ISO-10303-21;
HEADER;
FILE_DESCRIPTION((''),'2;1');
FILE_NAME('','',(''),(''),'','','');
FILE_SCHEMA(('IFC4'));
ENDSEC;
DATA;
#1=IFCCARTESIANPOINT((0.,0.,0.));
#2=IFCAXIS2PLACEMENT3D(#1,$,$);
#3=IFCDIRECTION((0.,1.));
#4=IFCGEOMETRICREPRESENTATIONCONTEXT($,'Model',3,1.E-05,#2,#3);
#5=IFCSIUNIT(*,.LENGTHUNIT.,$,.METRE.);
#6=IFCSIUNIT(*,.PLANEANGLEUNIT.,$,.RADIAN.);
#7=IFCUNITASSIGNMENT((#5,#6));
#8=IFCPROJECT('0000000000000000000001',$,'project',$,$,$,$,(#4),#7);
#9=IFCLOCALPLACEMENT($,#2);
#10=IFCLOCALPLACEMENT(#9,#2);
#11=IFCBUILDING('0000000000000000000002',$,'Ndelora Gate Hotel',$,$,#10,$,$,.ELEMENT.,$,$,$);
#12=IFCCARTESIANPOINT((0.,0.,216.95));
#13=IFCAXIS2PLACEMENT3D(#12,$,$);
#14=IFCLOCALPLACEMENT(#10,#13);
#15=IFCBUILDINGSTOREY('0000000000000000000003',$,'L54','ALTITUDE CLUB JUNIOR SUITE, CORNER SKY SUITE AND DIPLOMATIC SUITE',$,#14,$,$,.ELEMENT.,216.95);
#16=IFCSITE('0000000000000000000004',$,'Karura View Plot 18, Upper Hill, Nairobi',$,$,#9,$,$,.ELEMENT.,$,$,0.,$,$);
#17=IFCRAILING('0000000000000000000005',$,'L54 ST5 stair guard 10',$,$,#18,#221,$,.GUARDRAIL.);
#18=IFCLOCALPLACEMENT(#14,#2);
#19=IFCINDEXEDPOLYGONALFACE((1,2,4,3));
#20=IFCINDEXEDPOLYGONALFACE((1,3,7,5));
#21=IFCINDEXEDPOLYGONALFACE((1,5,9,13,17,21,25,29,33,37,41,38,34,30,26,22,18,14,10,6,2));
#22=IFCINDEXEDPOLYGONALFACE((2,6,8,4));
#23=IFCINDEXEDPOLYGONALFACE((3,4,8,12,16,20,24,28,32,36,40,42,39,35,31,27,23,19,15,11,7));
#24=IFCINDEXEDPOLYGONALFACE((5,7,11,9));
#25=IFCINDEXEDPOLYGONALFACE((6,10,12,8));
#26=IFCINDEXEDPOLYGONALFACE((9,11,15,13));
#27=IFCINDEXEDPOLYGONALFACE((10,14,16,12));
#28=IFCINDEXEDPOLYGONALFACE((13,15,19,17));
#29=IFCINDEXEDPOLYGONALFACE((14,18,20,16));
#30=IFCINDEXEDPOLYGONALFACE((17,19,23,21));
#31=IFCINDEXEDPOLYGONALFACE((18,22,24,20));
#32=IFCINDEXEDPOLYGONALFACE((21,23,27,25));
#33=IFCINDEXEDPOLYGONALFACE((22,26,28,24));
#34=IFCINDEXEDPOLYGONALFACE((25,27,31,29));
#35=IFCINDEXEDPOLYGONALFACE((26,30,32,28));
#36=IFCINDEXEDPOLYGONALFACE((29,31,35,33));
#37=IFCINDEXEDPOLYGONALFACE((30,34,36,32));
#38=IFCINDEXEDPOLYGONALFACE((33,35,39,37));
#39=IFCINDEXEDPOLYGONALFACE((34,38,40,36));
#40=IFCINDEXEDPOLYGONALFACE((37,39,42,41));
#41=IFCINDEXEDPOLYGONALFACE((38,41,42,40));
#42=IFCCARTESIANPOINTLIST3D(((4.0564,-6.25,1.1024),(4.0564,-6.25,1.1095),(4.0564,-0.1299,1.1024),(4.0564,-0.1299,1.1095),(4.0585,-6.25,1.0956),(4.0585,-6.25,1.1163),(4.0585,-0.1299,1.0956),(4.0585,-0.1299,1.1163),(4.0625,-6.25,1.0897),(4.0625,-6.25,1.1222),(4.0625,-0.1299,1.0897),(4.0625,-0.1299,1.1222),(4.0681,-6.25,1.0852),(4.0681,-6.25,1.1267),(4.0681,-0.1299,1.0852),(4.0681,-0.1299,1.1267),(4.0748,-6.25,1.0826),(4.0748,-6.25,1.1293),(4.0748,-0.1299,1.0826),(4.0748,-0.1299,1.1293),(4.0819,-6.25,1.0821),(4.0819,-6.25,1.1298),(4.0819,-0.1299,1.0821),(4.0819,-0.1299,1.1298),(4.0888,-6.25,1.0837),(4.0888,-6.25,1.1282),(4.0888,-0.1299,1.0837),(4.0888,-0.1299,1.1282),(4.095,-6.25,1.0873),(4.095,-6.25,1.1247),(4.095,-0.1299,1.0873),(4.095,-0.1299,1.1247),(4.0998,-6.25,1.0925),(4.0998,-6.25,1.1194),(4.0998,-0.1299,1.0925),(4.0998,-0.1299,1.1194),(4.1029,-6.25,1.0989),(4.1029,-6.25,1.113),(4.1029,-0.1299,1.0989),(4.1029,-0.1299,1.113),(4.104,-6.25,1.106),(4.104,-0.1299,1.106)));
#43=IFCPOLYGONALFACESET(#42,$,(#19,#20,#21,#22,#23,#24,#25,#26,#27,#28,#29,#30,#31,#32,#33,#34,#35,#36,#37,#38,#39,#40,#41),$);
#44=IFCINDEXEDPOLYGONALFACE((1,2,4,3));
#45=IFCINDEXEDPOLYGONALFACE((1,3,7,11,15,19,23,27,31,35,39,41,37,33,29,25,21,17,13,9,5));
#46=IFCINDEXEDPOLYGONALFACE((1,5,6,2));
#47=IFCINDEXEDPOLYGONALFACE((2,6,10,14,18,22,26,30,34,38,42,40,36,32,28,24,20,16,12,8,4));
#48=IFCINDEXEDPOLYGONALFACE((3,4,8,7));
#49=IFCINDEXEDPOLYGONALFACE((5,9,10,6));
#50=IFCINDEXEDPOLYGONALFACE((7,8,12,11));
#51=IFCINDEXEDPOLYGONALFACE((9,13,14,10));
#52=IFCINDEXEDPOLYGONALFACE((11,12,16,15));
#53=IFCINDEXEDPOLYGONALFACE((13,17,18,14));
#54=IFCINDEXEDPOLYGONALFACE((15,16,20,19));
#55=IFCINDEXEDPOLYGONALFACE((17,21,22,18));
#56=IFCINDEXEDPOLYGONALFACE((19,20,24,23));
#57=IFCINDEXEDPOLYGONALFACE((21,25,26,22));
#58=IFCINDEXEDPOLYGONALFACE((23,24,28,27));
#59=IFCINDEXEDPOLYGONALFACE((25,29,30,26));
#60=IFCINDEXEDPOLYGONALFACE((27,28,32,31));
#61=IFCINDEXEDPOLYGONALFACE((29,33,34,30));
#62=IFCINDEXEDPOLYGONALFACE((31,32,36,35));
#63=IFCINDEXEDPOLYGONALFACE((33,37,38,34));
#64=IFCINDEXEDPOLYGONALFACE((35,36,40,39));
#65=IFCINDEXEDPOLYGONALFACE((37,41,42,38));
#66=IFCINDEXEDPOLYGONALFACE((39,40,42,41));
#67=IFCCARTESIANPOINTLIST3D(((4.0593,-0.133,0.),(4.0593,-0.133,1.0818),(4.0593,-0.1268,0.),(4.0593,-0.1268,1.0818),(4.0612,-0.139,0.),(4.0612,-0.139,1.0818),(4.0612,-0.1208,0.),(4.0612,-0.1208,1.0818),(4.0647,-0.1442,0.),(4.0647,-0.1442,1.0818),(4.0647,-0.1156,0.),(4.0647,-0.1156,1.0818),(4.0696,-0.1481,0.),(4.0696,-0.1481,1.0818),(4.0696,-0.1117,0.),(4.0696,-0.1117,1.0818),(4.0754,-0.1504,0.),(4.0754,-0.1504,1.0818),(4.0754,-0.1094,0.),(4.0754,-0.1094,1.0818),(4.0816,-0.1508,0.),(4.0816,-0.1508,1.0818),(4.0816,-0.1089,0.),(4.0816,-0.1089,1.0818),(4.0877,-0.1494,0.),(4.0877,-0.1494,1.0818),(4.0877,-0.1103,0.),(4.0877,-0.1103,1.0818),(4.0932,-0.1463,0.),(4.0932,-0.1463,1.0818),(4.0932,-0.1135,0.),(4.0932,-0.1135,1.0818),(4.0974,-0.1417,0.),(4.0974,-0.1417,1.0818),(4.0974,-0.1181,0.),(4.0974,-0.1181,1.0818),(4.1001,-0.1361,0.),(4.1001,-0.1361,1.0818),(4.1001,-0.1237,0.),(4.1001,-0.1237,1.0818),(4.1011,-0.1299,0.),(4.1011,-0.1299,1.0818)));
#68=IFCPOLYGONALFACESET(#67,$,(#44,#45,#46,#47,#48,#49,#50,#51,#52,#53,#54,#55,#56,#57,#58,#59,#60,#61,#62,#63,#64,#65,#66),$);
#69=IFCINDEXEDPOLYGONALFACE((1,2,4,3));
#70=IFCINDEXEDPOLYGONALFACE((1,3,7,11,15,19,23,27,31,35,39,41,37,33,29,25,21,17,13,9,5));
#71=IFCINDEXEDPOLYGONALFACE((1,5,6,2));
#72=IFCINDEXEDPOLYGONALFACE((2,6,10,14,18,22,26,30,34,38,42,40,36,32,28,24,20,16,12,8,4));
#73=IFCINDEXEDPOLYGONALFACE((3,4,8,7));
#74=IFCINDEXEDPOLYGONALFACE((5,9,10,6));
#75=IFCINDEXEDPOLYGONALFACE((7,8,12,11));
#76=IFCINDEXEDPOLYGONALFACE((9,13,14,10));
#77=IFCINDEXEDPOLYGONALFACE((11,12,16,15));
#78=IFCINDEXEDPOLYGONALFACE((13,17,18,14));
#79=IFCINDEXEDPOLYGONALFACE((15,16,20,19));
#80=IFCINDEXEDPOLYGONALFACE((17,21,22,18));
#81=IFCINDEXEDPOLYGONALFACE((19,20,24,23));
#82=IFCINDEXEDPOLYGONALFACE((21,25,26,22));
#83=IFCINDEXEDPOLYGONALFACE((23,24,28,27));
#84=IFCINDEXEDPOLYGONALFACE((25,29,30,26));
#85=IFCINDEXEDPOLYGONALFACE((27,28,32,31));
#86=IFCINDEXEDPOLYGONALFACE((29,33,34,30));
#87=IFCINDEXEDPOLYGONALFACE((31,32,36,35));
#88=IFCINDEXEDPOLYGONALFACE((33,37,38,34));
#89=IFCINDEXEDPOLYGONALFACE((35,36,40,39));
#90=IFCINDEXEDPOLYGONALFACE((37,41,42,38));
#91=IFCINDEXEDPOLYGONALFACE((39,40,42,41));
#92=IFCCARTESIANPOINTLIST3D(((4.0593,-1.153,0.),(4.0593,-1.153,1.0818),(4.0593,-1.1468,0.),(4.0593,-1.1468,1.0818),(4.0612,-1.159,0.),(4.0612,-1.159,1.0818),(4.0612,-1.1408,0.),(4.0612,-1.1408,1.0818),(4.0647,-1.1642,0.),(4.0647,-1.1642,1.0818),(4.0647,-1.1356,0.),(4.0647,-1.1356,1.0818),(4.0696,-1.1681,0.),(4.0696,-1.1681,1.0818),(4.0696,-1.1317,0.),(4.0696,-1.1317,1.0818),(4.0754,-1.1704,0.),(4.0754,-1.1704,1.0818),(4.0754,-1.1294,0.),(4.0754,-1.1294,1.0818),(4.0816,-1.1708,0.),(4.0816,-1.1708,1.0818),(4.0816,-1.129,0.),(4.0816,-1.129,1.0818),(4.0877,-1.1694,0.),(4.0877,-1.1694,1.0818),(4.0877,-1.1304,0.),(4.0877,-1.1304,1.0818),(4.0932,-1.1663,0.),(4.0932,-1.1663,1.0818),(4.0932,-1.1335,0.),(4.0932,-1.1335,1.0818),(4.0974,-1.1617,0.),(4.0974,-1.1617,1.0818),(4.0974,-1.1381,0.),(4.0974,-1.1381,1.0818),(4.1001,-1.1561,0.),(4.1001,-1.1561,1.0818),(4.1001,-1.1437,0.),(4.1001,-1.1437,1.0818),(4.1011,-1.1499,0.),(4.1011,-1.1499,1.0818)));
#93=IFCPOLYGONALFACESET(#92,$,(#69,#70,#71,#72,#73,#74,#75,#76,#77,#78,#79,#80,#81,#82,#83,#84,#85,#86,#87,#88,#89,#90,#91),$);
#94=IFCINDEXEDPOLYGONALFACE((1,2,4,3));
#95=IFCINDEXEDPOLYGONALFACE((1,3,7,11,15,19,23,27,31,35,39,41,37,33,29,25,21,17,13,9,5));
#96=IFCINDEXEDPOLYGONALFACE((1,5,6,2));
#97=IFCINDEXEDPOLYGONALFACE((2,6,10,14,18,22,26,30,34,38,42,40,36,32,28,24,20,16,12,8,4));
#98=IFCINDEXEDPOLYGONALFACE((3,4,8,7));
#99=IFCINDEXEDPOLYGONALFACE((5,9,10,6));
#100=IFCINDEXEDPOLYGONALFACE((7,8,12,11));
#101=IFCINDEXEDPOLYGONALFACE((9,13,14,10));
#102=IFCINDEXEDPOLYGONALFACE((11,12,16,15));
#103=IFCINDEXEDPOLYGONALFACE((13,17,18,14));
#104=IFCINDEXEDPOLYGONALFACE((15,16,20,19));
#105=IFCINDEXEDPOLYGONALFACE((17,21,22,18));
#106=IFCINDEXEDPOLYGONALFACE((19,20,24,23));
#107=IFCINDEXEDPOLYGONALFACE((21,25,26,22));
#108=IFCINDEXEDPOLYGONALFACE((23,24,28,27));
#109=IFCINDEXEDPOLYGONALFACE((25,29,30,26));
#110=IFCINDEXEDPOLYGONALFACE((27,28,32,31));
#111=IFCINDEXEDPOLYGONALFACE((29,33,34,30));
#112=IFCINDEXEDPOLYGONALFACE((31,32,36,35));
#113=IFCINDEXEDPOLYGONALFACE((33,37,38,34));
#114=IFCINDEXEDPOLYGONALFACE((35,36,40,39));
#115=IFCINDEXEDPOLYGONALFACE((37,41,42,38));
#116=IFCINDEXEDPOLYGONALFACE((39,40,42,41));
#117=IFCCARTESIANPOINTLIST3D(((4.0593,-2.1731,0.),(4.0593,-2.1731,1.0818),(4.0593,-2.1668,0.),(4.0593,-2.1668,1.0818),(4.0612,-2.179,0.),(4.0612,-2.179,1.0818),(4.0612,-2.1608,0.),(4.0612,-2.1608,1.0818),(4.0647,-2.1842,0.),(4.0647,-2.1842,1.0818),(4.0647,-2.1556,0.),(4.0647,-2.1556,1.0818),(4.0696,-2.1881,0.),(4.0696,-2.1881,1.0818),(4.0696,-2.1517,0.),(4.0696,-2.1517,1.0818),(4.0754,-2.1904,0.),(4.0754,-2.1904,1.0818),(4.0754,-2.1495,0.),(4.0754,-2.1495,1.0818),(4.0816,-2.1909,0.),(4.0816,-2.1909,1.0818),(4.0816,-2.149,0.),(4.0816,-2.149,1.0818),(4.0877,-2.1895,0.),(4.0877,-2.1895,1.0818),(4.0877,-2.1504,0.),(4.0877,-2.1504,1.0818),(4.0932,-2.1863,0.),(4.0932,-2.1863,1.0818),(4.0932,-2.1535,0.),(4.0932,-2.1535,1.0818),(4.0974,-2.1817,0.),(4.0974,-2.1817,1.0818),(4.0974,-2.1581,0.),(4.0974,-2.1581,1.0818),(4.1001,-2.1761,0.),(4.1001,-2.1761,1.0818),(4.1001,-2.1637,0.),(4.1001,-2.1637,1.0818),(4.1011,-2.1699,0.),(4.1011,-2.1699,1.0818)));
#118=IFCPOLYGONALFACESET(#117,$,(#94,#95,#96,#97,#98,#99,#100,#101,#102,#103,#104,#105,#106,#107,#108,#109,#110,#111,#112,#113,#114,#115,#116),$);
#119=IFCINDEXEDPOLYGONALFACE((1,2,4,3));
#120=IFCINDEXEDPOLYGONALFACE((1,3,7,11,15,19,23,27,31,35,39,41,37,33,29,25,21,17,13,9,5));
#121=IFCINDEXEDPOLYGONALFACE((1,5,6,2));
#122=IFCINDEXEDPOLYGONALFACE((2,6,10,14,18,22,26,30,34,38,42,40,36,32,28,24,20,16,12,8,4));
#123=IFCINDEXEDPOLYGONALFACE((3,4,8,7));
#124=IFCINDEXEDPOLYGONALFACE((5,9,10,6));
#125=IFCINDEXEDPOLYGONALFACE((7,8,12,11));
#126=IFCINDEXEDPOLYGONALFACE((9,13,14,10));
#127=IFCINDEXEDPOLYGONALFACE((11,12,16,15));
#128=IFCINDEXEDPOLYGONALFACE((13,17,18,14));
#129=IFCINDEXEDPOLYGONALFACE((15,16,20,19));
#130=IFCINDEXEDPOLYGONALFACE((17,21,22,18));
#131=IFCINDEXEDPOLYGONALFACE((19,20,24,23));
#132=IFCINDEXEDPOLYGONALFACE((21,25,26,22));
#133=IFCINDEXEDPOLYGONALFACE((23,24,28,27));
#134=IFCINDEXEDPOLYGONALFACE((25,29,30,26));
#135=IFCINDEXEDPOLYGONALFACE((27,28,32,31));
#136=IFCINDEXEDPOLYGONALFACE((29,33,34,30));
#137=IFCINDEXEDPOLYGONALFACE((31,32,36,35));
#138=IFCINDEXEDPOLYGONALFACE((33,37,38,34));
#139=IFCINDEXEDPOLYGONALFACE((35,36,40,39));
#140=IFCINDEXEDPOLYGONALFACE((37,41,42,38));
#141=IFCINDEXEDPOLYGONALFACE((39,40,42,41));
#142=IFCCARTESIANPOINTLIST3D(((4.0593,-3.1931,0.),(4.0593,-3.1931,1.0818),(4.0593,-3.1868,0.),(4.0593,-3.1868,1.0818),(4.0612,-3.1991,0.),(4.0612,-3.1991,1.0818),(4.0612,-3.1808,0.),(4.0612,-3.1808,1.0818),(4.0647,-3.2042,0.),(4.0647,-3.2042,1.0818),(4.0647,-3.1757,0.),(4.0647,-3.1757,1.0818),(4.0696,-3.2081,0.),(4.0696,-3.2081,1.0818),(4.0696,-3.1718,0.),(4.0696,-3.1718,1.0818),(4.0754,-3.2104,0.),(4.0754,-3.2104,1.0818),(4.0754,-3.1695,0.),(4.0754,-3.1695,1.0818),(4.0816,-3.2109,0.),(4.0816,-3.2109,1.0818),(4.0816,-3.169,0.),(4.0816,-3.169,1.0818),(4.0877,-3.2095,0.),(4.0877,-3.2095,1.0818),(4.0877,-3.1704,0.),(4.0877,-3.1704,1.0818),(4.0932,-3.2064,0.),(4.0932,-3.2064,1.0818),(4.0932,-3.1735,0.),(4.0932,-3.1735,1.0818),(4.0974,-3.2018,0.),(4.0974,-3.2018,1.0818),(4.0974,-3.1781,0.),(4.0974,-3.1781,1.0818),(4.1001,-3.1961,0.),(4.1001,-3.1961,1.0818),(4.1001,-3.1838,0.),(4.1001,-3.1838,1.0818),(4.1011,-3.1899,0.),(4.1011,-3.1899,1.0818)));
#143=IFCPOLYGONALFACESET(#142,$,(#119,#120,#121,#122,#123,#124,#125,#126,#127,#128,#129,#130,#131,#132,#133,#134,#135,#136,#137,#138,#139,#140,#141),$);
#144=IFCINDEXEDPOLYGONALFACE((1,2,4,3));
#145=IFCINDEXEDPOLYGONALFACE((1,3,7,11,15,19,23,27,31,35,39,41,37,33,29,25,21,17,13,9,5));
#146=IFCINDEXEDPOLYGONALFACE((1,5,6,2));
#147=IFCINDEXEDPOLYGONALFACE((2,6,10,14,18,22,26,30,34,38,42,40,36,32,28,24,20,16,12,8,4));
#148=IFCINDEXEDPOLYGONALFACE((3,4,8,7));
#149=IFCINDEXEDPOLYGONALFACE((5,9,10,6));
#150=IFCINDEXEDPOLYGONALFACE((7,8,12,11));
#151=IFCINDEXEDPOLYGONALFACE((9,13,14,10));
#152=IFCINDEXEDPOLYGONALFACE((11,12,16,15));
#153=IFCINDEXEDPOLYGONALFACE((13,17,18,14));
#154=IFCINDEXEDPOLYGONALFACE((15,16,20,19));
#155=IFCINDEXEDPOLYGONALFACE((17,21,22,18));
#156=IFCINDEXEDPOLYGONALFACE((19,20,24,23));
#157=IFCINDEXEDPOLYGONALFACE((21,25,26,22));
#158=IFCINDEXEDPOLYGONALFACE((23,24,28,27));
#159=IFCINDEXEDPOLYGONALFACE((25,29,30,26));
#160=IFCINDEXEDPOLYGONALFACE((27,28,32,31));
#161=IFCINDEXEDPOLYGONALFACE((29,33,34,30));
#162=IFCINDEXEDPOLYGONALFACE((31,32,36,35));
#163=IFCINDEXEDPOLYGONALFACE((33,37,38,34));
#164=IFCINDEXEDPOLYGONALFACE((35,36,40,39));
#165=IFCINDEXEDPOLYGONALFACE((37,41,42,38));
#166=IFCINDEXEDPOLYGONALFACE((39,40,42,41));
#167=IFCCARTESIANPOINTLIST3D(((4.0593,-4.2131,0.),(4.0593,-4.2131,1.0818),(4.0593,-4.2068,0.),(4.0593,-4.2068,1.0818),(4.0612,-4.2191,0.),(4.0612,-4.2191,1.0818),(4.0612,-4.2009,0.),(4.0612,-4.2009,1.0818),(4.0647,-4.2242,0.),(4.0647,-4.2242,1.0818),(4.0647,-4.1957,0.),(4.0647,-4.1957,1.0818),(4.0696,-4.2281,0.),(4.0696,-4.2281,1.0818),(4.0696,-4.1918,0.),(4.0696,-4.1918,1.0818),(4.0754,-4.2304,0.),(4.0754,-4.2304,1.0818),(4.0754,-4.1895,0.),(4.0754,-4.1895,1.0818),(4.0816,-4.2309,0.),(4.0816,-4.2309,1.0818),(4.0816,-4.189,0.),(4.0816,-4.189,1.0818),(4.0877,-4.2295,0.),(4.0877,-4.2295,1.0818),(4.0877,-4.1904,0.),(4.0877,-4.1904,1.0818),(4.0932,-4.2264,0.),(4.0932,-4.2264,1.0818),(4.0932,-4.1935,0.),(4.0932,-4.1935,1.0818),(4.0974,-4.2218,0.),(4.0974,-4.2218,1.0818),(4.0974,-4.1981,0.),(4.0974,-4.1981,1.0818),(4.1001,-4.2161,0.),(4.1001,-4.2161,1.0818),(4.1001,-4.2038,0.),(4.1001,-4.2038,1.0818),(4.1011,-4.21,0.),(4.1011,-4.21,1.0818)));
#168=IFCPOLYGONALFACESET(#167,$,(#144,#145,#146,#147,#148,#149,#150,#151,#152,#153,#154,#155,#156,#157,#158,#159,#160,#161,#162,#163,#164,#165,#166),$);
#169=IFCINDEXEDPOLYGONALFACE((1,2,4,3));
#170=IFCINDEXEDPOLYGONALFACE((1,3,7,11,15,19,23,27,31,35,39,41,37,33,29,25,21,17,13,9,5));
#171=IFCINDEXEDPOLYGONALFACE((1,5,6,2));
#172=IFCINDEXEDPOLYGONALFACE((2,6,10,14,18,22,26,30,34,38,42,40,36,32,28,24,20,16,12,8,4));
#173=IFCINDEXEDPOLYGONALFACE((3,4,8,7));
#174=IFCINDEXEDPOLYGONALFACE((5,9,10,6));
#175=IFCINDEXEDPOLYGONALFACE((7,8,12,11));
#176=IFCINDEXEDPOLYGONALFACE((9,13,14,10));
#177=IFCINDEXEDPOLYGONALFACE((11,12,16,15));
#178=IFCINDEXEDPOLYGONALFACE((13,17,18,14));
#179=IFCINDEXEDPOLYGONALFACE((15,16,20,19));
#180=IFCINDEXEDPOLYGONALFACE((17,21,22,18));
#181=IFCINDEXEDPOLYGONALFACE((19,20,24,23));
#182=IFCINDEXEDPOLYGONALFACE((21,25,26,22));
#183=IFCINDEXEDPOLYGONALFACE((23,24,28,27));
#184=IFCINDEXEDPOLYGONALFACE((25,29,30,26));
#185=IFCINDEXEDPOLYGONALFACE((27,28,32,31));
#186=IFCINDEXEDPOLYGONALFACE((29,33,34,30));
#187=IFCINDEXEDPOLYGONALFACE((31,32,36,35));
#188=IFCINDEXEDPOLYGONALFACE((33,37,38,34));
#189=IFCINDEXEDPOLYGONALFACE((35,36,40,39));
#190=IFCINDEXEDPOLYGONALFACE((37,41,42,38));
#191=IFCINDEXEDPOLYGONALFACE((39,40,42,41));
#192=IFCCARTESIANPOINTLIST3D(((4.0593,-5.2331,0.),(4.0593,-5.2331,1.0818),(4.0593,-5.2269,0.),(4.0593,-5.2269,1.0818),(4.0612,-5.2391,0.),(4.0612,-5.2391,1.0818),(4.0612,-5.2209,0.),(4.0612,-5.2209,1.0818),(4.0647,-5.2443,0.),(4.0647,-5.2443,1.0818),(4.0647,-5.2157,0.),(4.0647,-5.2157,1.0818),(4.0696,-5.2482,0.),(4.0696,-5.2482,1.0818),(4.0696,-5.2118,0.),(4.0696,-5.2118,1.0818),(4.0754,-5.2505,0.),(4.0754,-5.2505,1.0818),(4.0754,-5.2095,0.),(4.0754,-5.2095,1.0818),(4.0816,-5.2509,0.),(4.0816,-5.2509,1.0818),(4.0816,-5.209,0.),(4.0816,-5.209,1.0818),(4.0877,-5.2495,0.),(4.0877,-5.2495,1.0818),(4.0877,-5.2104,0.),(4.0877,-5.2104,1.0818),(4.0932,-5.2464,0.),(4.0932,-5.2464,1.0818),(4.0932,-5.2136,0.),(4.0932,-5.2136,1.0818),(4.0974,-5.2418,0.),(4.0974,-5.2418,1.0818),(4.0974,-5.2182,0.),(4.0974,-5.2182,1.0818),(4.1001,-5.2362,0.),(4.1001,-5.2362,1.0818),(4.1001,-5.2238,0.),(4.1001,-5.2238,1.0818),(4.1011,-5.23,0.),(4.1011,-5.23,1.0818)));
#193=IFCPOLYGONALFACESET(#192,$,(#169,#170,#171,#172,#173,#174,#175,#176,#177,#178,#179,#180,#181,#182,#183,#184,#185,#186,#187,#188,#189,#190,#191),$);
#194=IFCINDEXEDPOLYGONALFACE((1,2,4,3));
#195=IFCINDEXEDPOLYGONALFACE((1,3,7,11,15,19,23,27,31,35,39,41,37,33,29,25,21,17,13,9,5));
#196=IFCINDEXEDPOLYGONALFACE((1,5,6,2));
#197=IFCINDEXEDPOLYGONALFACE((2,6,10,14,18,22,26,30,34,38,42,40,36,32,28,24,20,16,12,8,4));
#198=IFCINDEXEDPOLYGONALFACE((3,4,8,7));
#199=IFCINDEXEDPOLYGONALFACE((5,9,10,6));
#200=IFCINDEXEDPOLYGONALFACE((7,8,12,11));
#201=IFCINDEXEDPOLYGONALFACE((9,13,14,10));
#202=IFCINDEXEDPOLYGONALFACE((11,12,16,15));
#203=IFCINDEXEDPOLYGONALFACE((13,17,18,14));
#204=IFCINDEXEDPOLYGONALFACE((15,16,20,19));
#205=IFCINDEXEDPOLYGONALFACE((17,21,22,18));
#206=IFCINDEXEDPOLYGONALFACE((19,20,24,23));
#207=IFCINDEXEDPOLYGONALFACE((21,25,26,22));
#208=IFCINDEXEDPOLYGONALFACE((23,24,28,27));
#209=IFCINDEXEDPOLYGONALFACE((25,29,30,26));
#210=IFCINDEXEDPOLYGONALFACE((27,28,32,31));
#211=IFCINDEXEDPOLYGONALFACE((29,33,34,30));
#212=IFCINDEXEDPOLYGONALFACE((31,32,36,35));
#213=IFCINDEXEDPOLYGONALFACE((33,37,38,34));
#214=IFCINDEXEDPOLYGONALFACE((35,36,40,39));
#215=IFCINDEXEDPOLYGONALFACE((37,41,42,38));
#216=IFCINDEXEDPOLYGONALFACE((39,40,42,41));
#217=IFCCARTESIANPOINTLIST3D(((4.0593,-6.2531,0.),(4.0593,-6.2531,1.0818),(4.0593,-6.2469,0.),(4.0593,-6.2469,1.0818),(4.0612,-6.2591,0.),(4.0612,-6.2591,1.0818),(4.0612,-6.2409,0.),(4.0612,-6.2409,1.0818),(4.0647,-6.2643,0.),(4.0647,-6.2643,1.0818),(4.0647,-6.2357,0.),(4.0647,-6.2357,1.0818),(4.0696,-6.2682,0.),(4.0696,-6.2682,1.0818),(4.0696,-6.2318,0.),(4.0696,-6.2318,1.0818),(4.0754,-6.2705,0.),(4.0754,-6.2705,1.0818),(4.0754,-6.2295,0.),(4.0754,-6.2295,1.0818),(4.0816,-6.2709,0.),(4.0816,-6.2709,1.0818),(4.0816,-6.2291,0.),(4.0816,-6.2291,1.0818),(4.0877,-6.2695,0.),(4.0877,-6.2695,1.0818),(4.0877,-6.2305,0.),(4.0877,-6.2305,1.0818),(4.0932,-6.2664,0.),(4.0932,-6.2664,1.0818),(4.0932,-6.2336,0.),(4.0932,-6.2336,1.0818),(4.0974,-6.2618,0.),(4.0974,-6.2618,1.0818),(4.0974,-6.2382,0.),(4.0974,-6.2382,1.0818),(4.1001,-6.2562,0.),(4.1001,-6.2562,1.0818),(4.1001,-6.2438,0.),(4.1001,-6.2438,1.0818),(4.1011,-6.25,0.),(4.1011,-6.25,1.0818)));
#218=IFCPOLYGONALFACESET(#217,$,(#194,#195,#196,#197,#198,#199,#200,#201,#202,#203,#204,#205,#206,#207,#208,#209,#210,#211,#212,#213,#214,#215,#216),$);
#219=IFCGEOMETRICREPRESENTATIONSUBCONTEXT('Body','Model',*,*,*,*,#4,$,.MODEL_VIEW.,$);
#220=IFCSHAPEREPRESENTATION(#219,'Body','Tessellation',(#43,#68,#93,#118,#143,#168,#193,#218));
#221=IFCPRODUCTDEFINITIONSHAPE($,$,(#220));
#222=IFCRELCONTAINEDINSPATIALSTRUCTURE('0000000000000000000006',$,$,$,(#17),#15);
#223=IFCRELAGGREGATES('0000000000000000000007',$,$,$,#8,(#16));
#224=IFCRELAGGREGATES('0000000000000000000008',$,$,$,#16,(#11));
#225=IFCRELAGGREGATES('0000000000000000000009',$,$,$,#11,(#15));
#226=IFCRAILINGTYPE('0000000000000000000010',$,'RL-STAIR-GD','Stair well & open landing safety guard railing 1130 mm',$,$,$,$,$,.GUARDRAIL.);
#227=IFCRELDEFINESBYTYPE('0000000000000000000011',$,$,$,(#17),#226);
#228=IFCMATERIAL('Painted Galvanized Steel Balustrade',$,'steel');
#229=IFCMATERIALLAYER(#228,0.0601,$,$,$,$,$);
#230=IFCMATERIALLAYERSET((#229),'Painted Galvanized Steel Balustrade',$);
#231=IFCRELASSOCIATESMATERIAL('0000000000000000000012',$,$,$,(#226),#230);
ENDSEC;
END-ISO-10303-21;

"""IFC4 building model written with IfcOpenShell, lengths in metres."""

from ifc_helpers import new_model, si_unit, direction, frame, origin, origin_2d, place, context, subcontext, project, spatial, circle, extrude, material, layer, layer_set, type_object, element, save


model = new_model("IFC4")

# Units and contexts
model_context = context("Model", 3, precision=1e-05, world=origin(), true_north=direction((0.0, 1.0)))
body_context = subcontext(model_context, "Body", "Model", "MODEL_VIEW")
ifc_project = project(units=[si_unit("LENGTHUNIT", "METRE"), si_unit("PLANEANGLEUNIT", "RADIAN")], contexts=[model_context])

# Site, building, storey
site_placement = place(None, origin())
site = spatial("IfcSite", under=ifc_project, at=site_placement, Name="Karura View Plot 18, Upper Hill, Nairobi", CompositionType="ELEMENT", RefElevation=0.0)
building_placement = place(site_placement, origin())
building = spatial("IfcBuilding", under=site, at=building_placement, Name="Ndelora Gate Hotel", CompositionType="ELEMENT")
storey_placement = place(building_placement, frame((0.0, 0.0, 216.95)))
storey = spatial("IfcBuildingStorey", under=building, at=storey_placement, Name="L54", Description="ALTITUDE CLUB JUNIOR SUITE, CORNER SKY SUITE AND DIPLOMATIC SUITE", CompositionType="ELEMENT", Elevation=216.95)

# Railing
ifc_material_1 = material(Name="Painted Galvanized Steel Balustrade", Category="steel")
ifc_layer_1 = layer(ifc_material_1, 0.0601)
ifc_layer_set_1 = layer_set([ifc_layer_1], Name="Painted Galvanized Steel Balustrade")
railing_type_1 = type_object("IfcRailingType", Name="RL-STAIR-GD", Description="Stair well & open landing safety guard railing 1130 mm", PredefinedType="GUARDRAIL", material=ifc_layer_set_1)
railing_1_placement = place(storey_placement, frame((4.0801, -0.1299, 0.0)))
element("IfcRailing", 1, at=railing_1_placement, inside=storey, type_object=railing_type_1, Name="L54 ST5 stair guard 10", PredefinedType="GUARDRAIL", context=body_context, shape_type="SweptSolid", body=[
    extrude(circle(Radius=0.0239, at=origin_2d()), frame((0.0, 0.0, 1.106), z_axis=(0.0, -1.0, 0.0), x_axis=(1.0, 0.0, 0.0)), (0.0, 0.0, 1.0), 6.1201),
    extrude(circle(Radius=0.021, at=origin_2d()), origin(), (0.0, 0.0, 1.0), 1.0818),
    extrude(circle(Radius=0.021, at=origin_2d()), frame((0.0, -1.02, 0.0)), (0.0, 0.0, 1.0), 1.0818),
    extrude(circle(Radius=0.021, at=origin_2d()), frame((0.0, -2.04, 0.0)), (0.0, 0.0, 1.0), 1.0818),
    extrude(circle(Radius=0.021, at=origin_2d()), frame((0.0, -3.0601, 0.0)), (0.0, 0.0, 1.0), 1.0818),
    extrude(circle(Radius=0.021, at=origin_2d()), frame((0.0, -4.0801, 0.0)), (0.0, 0.0, 1.0), 1.0818),
    extrude(circle(Radius=0.021, at=origin_2d()), frame((0.0, -5.1001, 0.0)), (0.0, 0.0, 1.0), 1.0818),
    extrude(circle(Radius=0.021, at=origin_2d()), frame((0.0, -6.1201, 0.0)), (0.0, 0.0, 1.0), 1.0818),
])

save(model, "model.ifc")
